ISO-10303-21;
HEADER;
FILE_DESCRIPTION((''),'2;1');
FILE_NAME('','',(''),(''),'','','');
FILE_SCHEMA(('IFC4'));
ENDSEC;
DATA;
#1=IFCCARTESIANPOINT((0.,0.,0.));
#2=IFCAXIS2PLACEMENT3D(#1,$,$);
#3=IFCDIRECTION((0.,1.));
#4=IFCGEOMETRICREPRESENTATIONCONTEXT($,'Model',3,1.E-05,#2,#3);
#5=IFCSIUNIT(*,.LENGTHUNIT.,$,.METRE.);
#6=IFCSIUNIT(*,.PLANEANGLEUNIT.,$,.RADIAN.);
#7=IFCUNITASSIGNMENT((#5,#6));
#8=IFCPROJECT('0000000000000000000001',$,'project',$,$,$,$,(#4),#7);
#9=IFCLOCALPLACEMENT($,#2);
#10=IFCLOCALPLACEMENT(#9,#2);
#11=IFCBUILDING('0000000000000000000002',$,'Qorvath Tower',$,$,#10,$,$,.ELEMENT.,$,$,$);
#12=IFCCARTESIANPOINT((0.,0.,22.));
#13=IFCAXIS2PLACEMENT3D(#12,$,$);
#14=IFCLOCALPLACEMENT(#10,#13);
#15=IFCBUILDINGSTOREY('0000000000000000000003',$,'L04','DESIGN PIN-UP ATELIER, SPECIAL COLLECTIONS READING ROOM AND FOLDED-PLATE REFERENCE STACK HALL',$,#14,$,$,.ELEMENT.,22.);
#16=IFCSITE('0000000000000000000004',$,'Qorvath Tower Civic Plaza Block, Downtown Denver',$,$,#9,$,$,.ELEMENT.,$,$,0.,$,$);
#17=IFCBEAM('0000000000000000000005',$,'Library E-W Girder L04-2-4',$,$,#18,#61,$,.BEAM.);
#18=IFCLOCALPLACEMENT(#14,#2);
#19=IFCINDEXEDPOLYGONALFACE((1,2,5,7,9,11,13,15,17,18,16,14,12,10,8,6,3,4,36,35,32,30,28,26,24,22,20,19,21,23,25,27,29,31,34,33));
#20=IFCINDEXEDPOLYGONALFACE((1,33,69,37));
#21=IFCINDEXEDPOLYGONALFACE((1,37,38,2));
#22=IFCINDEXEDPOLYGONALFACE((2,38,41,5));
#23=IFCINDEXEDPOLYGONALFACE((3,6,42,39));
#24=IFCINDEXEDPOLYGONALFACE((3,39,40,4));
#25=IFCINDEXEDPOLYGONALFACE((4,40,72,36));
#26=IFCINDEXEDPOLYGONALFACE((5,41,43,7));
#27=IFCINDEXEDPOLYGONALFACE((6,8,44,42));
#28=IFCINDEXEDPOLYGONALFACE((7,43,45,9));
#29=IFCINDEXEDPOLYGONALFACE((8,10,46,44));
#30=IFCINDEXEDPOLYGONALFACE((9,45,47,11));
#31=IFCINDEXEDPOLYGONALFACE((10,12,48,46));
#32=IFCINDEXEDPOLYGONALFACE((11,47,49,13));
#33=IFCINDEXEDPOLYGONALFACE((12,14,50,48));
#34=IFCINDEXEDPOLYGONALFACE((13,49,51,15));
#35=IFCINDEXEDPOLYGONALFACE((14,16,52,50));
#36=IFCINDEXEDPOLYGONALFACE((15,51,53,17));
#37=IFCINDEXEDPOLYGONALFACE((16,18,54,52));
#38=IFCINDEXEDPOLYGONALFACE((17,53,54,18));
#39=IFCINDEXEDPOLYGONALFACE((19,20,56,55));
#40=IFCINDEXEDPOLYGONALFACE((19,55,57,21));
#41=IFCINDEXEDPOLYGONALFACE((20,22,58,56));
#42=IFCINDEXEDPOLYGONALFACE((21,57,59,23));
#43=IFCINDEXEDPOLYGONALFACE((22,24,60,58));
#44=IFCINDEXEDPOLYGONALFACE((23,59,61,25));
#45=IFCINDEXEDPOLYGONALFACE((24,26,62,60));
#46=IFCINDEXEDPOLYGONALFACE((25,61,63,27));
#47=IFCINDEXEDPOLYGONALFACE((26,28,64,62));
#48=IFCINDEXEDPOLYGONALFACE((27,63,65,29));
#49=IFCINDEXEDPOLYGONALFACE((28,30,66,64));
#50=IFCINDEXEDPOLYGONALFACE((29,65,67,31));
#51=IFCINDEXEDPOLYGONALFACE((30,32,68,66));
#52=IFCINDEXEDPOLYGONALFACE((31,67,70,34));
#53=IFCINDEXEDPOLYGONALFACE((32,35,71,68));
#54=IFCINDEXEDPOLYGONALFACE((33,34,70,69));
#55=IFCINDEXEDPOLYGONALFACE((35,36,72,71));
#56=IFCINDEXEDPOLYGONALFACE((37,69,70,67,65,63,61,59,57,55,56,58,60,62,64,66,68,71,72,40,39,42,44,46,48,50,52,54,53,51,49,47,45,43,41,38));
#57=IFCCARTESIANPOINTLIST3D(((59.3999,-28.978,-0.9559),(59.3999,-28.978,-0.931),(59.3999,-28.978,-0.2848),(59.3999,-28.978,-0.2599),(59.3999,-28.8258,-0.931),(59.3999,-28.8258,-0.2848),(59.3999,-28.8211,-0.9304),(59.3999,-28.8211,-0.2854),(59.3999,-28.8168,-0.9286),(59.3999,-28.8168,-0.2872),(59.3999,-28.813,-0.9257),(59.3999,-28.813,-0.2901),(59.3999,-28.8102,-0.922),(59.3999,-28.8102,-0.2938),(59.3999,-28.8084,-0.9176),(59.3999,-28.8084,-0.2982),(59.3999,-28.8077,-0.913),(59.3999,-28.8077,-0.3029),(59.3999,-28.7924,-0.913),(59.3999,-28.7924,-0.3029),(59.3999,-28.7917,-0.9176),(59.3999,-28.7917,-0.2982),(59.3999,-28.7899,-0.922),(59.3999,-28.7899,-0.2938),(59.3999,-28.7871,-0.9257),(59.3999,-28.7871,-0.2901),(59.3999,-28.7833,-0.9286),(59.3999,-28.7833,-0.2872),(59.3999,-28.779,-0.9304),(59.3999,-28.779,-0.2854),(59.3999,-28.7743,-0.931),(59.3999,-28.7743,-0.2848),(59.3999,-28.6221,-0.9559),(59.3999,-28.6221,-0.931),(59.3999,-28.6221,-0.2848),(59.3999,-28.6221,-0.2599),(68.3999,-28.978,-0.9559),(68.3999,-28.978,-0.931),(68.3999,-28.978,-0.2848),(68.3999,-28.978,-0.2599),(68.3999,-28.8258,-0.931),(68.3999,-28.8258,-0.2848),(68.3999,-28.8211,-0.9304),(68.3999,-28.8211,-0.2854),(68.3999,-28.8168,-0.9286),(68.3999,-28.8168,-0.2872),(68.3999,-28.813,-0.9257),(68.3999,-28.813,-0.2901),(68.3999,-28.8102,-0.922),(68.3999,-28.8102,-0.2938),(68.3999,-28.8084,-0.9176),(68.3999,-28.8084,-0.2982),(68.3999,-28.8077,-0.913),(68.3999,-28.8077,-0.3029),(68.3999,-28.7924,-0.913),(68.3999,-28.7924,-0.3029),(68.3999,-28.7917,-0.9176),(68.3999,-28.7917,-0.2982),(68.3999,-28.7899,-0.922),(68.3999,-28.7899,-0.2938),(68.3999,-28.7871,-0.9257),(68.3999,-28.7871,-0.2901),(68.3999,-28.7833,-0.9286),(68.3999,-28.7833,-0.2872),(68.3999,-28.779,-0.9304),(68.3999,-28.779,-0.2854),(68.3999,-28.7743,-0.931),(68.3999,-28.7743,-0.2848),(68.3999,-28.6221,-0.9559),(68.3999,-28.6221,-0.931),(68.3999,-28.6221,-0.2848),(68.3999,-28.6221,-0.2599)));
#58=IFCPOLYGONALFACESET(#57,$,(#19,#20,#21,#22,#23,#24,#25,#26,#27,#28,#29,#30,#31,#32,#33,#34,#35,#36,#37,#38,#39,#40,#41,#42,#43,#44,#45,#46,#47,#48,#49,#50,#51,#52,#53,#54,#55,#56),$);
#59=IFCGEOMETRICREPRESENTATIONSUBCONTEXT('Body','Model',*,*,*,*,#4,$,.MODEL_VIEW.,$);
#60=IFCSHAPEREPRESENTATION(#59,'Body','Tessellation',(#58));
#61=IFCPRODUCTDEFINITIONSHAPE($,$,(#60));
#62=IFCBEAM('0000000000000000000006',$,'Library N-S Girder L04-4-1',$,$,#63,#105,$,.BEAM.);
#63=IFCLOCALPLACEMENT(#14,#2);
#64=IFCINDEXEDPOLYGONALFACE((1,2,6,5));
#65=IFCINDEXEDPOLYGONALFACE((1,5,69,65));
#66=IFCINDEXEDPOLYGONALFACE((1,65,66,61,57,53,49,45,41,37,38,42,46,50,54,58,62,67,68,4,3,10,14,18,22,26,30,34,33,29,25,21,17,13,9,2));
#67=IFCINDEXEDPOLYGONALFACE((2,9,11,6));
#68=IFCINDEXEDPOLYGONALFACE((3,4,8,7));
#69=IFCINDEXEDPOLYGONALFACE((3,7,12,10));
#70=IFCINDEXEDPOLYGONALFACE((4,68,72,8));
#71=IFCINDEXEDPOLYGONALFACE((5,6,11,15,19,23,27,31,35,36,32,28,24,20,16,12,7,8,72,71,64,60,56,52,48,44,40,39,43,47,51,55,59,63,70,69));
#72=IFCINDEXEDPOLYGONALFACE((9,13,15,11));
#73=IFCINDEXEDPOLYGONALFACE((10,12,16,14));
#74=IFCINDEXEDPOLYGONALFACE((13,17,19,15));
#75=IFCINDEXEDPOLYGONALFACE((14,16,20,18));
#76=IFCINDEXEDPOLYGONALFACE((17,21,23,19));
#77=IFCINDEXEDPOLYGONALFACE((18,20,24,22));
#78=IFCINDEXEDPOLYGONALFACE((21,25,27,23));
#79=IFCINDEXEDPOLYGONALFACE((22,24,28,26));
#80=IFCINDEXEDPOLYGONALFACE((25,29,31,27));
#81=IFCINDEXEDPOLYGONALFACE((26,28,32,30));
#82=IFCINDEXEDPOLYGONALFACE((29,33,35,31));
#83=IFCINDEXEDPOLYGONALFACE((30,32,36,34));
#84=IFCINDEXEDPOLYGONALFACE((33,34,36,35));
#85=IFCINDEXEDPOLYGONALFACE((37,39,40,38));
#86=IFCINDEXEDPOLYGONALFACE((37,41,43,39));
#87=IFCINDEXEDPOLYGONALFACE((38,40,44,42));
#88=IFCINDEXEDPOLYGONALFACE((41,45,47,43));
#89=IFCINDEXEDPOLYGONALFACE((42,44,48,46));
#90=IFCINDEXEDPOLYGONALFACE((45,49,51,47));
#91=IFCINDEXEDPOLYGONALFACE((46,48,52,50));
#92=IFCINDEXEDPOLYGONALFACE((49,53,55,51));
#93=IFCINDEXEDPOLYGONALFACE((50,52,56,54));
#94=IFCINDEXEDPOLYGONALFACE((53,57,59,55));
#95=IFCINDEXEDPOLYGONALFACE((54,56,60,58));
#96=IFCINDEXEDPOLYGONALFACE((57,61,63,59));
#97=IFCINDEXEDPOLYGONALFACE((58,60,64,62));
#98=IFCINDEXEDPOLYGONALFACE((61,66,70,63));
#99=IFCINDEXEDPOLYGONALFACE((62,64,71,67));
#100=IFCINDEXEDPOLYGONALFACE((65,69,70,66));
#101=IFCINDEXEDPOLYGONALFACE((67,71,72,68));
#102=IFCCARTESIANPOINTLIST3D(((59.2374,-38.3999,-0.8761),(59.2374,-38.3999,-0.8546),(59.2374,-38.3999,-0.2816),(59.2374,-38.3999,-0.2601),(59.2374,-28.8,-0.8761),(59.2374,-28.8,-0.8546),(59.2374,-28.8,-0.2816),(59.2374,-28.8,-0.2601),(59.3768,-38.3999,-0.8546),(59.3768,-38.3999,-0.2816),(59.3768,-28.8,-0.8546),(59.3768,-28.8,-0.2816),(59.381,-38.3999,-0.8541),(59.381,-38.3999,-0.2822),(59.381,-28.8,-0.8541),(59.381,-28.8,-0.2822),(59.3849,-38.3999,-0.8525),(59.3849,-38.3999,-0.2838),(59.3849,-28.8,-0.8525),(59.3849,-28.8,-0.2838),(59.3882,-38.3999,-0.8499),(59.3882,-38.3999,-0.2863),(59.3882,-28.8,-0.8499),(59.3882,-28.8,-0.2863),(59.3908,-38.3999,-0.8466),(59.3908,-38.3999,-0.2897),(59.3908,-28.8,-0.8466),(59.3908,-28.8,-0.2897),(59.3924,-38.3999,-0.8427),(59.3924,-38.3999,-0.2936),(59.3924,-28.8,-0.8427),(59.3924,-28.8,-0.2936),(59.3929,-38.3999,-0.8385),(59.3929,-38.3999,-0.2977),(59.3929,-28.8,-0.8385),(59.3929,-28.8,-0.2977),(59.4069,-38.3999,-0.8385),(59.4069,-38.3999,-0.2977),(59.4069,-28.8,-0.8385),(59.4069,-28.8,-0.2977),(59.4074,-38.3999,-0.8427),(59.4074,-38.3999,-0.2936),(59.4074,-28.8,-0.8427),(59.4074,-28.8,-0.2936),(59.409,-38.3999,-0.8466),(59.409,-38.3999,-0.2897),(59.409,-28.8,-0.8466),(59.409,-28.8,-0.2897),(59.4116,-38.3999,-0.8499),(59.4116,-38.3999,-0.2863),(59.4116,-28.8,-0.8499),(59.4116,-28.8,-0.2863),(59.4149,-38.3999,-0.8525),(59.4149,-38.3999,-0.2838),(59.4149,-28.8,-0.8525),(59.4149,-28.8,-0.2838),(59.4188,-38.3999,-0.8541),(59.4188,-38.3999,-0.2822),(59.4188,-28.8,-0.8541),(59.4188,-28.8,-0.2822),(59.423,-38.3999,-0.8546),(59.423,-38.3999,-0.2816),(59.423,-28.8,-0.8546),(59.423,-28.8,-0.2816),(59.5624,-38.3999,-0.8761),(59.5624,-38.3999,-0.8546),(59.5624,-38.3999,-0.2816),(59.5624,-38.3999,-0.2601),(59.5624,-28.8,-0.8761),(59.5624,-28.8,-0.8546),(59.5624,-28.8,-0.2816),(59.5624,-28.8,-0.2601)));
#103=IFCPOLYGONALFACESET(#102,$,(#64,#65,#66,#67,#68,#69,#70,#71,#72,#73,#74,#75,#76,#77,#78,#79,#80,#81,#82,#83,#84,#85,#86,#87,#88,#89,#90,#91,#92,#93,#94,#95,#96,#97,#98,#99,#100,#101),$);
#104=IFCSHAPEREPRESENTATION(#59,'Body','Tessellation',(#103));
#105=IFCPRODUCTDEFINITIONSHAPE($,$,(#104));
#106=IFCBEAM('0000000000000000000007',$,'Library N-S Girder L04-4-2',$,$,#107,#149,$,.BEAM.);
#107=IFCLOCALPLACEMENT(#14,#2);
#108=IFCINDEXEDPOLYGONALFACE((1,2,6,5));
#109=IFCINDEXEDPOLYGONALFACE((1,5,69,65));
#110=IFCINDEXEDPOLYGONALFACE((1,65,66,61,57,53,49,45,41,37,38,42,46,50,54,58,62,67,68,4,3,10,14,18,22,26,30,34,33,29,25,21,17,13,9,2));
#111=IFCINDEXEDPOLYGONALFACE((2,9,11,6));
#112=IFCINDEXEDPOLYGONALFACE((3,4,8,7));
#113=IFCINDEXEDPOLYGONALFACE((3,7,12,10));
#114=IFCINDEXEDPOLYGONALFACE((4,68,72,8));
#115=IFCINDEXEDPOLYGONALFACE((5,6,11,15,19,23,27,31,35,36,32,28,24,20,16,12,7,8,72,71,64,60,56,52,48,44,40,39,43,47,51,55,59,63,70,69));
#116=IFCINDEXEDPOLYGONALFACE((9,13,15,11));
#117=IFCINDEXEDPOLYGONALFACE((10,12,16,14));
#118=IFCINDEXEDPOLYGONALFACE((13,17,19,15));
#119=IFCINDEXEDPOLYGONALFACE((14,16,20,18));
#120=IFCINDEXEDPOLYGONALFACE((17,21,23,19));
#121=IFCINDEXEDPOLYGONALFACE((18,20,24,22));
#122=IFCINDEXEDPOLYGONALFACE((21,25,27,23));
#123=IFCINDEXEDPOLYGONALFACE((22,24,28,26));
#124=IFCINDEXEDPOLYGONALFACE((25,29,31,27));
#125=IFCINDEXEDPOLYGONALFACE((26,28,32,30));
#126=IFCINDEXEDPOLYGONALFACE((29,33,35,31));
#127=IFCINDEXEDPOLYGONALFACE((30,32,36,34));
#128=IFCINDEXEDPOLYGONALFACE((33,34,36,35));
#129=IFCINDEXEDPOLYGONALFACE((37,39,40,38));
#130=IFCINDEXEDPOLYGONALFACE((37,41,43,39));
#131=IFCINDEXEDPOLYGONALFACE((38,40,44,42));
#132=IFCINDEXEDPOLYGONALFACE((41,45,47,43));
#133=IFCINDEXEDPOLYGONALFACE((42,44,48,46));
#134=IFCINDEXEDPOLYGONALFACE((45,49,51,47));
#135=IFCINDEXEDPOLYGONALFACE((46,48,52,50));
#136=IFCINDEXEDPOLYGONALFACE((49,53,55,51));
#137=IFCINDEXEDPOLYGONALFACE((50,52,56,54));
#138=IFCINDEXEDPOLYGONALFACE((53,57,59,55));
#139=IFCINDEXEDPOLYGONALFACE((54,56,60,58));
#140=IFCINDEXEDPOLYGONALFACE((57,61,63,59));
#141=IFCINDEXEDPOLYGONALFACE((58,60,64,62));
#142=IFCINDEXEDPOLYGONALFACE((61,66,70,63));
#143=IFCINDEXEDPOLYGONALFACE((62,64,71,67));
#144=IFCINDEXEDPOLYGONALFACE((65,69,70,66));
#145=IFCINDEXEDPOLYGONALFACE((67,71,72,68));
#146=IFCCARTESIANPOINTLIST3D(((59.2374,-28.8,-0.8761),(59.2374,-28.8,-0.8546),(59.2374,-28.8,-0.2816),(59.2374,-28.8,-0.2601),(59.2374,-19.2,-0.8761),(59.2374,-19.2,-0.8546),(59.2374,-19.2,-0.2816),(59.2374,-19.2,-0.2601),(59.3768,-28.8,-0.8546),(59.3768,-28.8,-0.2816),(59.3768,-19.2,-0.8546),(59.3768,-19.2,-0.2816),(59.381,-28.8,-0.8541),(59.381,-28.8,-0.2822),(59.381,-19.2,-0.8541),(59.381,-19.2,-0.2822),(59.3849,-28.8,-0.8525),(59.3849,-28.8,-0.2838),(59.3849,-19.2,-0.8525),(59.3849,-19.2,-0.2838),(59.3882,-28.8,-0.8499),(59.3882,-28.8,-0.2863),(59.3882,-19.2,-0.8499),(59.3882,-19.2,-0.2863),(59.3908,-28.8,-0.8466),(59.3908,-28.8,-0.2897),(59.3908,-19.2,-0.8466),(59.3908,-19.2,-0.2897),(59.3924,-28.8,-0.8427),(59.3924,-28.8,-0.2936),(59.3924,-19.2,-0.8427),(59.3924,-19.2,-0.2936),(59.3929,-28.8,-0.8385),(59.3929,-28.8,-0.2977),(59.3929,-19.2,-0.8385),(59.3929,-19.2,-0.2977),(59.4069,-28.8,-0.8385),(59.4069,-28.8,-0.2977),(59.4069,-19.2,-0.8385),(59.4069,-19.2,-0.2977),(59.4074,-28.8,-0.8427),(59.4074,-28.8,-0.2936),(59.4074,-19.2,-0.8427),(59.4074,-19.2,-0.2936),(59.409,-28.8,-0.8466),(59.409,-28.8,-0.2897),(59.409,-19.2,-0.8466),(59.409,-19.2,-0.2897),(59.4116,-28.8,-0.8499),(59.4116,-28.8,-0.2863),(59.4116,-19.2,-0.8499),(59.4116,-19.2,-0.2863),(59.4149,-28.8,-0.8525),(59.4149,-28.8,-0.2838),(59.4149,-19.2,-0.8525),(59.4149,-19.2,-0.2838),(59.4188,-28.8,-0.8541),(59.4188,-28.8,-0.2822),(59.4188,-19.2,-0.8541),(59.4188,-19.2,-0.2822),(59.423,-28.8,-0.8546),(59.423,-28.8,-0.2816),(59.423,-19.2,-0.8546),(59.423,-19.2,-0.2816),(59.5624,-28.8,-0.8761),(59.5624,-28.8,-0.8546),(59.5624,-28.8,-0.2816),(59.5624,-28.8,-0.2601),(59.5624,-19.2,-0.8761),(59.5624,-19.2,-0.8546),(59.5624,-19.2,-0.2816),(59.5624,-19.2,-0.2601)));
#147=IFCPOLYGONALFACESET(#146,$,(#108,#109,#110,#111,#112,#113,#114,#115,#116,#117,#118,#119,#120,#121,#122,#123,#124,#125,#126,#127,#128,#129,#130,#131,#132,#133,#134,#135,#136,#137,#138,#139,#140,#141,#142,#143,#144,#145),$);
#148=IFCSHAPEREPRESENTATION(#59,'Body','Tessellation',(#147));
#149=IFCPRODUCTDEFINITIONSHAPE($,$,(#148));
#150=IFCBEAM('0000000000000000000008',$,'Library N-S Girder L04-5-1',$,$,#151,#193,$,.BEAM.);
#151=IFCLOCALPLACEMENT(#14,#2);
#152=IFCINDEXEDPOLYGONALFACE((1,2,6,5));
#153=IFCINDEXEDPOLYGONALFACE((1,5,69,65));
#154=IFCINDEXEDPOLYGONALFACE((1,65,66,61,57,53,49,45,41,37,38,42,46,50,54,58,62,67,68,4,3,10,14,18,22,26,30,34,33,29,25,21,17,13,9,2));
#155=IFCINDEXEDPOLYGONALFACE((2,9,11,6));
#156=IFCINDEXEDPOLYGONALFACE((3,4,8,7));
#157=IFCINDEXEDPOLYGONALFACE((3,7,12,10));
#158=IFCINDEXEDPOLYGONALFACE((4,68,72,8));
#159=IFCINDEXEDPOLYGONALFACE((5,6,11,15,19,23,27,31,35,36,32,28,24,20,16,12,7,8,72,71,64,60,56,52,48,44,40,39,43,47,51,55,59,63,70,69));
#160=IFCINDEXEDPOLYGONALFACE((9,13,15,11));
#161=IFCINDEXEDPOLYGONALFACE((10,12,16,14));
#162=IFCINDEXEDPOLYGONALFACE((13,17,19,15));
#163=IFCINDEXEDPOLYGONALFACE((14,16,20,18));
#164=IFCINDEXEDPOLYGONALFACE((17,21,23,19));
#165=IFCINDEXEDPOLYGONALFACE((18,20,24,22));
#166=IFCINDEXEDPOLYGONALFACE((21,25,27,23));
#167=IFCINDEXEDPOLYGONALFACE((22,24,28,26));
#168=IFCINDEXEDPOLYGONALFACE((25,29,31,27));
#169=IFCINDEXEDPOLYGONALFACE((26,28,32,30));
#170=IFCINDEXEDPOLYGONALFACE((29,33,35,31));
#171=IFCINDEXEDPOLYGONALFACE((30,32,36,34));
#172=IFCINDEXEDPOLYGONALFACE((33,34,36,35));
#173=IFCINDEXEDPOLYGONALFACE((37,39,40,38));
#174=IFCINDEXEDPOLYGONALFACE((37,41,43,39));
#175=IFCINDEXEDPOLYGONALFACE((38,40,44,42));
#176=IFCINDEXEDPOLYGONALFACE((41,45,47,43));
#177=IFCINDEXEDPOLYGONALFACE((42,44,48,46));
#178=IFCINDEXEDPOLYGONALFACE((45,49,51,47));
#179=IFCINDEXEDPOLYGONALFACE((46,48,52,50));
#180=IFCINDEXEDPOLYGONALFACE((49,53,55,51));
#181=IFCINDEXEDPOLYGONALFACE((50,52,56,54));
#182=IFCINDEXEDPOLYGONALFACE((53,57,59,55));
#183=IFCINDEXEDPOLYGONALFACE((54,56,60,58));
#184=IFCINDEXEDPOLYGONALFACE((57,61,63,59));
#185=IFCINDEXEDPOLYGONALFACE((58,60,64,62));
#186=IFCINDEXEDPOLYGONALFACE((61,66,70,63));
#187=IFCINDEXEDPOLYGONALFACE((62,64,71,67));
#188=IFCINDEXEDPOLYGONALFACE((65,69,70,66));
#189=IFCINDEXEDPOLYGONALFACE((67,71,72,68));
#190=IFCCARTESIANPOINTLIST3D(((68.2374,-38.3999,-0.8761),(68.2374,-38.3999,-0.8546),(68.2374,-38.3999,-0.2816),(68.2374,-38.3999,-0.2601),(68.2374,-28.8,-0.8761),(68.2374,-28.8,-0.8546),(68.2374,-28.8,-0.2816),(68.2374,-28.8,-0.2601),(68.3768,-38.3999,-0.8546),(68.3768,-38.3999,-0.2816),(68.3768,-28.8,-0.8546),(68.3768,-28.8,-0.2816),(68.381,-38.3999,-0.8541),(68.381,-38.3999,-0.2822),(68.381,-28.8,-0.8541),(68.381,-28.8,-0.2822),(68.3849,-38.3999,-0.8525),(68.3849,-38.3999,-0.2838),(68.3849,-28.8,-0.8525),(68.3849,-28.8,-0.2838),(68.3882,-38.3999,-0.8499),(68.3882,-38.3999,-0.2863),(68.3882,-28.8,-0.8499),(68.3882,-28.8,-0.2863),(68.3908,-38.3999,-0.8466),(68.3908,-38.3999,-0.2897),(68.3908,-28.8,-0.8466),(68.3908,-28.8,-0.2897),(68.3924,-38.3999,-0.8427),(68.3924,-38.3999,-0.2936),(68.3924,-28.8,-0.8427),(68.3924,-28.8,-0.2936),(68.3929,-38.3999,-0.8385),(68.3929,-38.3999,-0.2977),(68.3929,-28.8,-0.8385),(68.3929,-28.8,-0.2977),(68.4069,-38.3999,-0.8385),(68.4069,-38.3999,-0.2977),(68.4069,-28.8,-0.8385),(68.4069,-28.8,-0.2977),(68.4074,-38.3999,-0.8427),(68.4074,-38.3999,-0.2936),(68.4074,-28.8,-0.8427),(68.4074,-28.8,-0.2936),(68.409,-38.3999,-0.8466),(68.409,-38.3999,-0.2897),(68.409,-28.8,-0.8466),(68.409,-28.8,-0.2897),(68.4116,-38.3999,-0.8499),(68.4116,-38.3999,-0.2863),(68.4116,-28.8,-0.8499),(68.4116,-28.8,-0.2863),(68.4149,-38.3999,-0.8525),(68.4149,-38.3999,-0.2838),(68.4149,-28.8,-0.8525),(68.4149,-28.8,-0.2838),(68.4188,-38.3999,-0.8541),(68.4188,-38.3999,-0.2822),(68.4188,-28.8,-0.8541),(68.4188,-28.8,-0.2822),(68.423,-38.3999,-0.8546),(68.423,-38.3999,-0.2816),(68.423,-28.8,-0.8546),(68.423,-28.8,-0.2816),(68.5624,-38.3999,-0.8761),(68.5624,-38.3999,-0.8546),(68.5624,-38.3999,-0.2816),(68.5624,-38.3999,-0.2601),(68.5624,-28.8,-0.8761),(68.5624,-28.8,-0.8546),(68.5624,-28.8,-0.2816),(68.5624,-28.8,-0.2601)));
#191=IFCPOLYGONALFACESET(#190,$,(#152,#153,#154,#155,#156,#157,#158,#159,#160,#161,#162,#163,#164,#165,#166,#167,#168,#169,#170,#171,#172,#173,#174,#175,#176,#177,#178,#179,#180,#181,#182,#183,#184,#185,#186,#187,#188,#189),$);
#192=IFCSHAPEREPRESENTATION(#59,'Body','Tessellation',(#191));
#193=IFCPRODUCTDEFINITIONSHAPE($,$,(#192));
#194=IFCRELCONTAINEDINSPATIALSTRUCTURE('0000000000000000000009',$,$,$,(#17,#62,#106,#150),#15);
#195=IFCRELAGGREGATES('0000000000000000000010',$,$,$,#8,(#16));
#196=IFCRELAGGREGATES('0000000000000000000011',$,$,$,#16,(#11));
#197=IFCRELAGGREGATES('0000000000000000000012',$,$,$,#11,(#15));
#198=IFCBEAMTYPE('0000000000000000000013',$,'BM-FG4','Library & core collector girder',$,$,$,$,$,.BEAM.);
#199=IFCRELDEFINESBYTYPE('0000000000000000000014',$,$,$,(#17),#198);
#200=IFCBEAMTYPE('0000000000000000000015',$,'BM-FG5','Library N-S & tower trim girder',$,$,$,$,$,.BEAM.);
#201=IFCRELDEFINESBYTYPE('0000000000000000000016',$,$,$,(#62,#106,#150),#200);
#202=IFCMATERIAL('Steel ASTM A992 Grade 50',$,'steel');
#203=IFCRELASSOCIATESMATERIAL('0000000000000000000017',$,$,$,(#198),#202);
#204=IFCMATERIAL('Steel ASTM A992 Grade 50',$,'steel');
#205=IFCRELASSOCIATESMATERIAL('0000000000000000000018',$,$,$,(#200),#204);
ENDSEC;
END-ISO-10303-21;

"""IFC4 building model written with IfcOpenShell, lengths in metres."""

from ifc_helpers import new_model, si_unit, direction, frame, origin, origin_2d, place, context, subcontext, project, spatial, i_section, extrude, material, material_profile, profile_set, type_object, element, save


model = new_model("IFC4")

# Units and contexts
model_context = context("Model", 3, precision=1e-05, world=origin(), true_north=direction((0.0, 1.0)))
body_context = subcontext(model_context, "Body", "Model", "MODEL_VIEW")
ifc_project = project(units=[si_unit("LENGTHUNIT", "METRE"), si_unit("PLANEANGLEUNIT", "RADIAN")], contexts=[model_context])

# Site, building, storey
site_placement = place(None, origin())
site = spatial("IfcSite", under=ifc_project, at=site_placement, Name="Qorvath Tower Civic Plaza Block, Downtown Denver", CompositionType="ELEMENT", RefElevation=0.0)
building_placement = place(site_placement, origin())
building = spatial("IfcBuilding", under=site, at=building_placement, Name="Qorvath Tower", CompositionType="ELEMENT")
storey_placement = place(building_placement, frame((0.0, 0.0, 22.0)))
storey = spatial("IfcBuildingStorey", under=building, at=storey_placement, Name="L04", Description="DESIGN PIN-UP ATELIER, SPECIAL COLLECTIONS READING ROOM AND FOLDED-PLATE REFERENCE STACK HALL", CompositionType="ELEMENT", Elevation=22.0)

# Beams
ifc_material_1 = material(Name="Steel ASTM A992 Grade 50", Category="steel")
ifc_material_profile_1 = material_profile(ifc_material_1, i_section(OverallWidth=0.356, OverallDepth=0.696, WebThickness=0.0154, FlangeThickness=0.0249, FilletRadius=0.0181, at=origin_2d()), Name="W27x146")
ifc_profile_set_1 = profile_set([ifc_material_profile_1], Name="Steel ASTM A992 Grade 50")
beam_type_1 = type_object("IfcBeamType", Name="BM-FG4", Description="Library & core collector girder", PredefinedType="BEAM", material=ifc_profile_set_1)
beam_1_placement = place(storey_placement, frame((59.3999, -28.8, -0.6079), z_axis=(1.0, 0.0, 0.0), x_axis=(0.0, 1.0, 0.0)))
element("IfcBeam", 1, at=beam_1_placement, inside=storey, type_object=beam_type_1, Name="Library E-W Girder L04-2-4", PredefinedType="BEAM", context=body_context, shape_type="SweptSolid", body=[
    extrude(i_section(OverallWidth=0.356, OverallDepth=0.696, WebThickness=0.0154, FlangeThickness=0.0249, FilletRadius=0.0181, at=origin_2d()), origin(), (0.0, 0.0, 1.0), 9.0),
])
ifc_material_2 = material(Name="Steel ASTM A992 Grade 50", Category="steel")
ifc_material_profile_2 = material_profile(ifc_material_2, i_section(OverallWidth=0.325, OverallDepth=0.616, WebThickness=0.0139, FlangeThickness=0.0215, FilletRadius=0.0161, at=origin_2d()), Name="W24x117")
ifc_profile_set_2 = profile_set([ifc_material_profile_2], Name="Steel ASTM A992 Grade 50")
beam_type_2 = type_object("IfcBeamType", Name="BM-FG5", Description="Library N-S & tower trim girder", PredefinedType="BEAM", material=ifc_profile_set_2)
beam_2_placement = place(storey_placement, frame((59.3999, -38.3999, -0.5681), z_axis=(0.0, 1.0, 0.0), x_axis=(-1.0, 0.0, 0.0)))
element("IfcBeam", 2, at=beam_2_placement, inside=storey, type_object=beam_type_2, Name="Library N-S Girder L04-4-1", PredefinedType="BEAM", context=body_context, shape_type="SweptSolid", body=[
    extrude(i_section(OverallWidth=0.325, OverallDepth=0.616, WebThickness=0.0139, FlangeThickness=0.0215, FilletRadius=0.0161, at=origin_2d()), origin(), (0.0, 0.0, 1.0), 9.5999),
])
beam_3_placement = place(storey_placement, frame((59.3999, -28.8, -0.5681), z_axis=(0.0, 1.0, 0.0), x_axis=(-1.0, 0.0, 0.0)))
element("IfcBeam", 3, at=beam_3_placement, inside=storey, type_object=beam_type_2, Name="Library N-S Girder L04-4-2", PredefinedType="BEAM", context=body_context, shape_type="SweptSolid", body=[
    extrude(i_section(OverallWidth=0.325, OverallDepth=0.616, WebThickness=0.0139, FlangeThickness=0.0215, FilletRadius=0.0161, at=origin_2d()), origin(), (0.0, 0.0, 1.0), 9.6001),
])
beam_4_placement = place(storey_placement, frame((68.3999, -38.3999, -0.5681), z_axis=(0.0, 1.0, 0.0), x_axis=(-1.0, 0.0, 0.0)))
element("IfcBeam", 4, at=beam_4_placement, inside=storey, type_object=beam_type_2, Name="Library N-S Girder L04-5-1", PredefinedType="BEAM", context=body_context, shape_type="SweptSolid", body=[
    extrude(i_section(OverallWidth=0.325, OverallDepth=0.616, WebThickness=0.0139, FlangeThickness=0.0215, FilletRadius=0.0161, at=origin_2d()), origin(), (0.0, 0.0, 1.0), 9.5999),
])

save(model, "model.ifc")
